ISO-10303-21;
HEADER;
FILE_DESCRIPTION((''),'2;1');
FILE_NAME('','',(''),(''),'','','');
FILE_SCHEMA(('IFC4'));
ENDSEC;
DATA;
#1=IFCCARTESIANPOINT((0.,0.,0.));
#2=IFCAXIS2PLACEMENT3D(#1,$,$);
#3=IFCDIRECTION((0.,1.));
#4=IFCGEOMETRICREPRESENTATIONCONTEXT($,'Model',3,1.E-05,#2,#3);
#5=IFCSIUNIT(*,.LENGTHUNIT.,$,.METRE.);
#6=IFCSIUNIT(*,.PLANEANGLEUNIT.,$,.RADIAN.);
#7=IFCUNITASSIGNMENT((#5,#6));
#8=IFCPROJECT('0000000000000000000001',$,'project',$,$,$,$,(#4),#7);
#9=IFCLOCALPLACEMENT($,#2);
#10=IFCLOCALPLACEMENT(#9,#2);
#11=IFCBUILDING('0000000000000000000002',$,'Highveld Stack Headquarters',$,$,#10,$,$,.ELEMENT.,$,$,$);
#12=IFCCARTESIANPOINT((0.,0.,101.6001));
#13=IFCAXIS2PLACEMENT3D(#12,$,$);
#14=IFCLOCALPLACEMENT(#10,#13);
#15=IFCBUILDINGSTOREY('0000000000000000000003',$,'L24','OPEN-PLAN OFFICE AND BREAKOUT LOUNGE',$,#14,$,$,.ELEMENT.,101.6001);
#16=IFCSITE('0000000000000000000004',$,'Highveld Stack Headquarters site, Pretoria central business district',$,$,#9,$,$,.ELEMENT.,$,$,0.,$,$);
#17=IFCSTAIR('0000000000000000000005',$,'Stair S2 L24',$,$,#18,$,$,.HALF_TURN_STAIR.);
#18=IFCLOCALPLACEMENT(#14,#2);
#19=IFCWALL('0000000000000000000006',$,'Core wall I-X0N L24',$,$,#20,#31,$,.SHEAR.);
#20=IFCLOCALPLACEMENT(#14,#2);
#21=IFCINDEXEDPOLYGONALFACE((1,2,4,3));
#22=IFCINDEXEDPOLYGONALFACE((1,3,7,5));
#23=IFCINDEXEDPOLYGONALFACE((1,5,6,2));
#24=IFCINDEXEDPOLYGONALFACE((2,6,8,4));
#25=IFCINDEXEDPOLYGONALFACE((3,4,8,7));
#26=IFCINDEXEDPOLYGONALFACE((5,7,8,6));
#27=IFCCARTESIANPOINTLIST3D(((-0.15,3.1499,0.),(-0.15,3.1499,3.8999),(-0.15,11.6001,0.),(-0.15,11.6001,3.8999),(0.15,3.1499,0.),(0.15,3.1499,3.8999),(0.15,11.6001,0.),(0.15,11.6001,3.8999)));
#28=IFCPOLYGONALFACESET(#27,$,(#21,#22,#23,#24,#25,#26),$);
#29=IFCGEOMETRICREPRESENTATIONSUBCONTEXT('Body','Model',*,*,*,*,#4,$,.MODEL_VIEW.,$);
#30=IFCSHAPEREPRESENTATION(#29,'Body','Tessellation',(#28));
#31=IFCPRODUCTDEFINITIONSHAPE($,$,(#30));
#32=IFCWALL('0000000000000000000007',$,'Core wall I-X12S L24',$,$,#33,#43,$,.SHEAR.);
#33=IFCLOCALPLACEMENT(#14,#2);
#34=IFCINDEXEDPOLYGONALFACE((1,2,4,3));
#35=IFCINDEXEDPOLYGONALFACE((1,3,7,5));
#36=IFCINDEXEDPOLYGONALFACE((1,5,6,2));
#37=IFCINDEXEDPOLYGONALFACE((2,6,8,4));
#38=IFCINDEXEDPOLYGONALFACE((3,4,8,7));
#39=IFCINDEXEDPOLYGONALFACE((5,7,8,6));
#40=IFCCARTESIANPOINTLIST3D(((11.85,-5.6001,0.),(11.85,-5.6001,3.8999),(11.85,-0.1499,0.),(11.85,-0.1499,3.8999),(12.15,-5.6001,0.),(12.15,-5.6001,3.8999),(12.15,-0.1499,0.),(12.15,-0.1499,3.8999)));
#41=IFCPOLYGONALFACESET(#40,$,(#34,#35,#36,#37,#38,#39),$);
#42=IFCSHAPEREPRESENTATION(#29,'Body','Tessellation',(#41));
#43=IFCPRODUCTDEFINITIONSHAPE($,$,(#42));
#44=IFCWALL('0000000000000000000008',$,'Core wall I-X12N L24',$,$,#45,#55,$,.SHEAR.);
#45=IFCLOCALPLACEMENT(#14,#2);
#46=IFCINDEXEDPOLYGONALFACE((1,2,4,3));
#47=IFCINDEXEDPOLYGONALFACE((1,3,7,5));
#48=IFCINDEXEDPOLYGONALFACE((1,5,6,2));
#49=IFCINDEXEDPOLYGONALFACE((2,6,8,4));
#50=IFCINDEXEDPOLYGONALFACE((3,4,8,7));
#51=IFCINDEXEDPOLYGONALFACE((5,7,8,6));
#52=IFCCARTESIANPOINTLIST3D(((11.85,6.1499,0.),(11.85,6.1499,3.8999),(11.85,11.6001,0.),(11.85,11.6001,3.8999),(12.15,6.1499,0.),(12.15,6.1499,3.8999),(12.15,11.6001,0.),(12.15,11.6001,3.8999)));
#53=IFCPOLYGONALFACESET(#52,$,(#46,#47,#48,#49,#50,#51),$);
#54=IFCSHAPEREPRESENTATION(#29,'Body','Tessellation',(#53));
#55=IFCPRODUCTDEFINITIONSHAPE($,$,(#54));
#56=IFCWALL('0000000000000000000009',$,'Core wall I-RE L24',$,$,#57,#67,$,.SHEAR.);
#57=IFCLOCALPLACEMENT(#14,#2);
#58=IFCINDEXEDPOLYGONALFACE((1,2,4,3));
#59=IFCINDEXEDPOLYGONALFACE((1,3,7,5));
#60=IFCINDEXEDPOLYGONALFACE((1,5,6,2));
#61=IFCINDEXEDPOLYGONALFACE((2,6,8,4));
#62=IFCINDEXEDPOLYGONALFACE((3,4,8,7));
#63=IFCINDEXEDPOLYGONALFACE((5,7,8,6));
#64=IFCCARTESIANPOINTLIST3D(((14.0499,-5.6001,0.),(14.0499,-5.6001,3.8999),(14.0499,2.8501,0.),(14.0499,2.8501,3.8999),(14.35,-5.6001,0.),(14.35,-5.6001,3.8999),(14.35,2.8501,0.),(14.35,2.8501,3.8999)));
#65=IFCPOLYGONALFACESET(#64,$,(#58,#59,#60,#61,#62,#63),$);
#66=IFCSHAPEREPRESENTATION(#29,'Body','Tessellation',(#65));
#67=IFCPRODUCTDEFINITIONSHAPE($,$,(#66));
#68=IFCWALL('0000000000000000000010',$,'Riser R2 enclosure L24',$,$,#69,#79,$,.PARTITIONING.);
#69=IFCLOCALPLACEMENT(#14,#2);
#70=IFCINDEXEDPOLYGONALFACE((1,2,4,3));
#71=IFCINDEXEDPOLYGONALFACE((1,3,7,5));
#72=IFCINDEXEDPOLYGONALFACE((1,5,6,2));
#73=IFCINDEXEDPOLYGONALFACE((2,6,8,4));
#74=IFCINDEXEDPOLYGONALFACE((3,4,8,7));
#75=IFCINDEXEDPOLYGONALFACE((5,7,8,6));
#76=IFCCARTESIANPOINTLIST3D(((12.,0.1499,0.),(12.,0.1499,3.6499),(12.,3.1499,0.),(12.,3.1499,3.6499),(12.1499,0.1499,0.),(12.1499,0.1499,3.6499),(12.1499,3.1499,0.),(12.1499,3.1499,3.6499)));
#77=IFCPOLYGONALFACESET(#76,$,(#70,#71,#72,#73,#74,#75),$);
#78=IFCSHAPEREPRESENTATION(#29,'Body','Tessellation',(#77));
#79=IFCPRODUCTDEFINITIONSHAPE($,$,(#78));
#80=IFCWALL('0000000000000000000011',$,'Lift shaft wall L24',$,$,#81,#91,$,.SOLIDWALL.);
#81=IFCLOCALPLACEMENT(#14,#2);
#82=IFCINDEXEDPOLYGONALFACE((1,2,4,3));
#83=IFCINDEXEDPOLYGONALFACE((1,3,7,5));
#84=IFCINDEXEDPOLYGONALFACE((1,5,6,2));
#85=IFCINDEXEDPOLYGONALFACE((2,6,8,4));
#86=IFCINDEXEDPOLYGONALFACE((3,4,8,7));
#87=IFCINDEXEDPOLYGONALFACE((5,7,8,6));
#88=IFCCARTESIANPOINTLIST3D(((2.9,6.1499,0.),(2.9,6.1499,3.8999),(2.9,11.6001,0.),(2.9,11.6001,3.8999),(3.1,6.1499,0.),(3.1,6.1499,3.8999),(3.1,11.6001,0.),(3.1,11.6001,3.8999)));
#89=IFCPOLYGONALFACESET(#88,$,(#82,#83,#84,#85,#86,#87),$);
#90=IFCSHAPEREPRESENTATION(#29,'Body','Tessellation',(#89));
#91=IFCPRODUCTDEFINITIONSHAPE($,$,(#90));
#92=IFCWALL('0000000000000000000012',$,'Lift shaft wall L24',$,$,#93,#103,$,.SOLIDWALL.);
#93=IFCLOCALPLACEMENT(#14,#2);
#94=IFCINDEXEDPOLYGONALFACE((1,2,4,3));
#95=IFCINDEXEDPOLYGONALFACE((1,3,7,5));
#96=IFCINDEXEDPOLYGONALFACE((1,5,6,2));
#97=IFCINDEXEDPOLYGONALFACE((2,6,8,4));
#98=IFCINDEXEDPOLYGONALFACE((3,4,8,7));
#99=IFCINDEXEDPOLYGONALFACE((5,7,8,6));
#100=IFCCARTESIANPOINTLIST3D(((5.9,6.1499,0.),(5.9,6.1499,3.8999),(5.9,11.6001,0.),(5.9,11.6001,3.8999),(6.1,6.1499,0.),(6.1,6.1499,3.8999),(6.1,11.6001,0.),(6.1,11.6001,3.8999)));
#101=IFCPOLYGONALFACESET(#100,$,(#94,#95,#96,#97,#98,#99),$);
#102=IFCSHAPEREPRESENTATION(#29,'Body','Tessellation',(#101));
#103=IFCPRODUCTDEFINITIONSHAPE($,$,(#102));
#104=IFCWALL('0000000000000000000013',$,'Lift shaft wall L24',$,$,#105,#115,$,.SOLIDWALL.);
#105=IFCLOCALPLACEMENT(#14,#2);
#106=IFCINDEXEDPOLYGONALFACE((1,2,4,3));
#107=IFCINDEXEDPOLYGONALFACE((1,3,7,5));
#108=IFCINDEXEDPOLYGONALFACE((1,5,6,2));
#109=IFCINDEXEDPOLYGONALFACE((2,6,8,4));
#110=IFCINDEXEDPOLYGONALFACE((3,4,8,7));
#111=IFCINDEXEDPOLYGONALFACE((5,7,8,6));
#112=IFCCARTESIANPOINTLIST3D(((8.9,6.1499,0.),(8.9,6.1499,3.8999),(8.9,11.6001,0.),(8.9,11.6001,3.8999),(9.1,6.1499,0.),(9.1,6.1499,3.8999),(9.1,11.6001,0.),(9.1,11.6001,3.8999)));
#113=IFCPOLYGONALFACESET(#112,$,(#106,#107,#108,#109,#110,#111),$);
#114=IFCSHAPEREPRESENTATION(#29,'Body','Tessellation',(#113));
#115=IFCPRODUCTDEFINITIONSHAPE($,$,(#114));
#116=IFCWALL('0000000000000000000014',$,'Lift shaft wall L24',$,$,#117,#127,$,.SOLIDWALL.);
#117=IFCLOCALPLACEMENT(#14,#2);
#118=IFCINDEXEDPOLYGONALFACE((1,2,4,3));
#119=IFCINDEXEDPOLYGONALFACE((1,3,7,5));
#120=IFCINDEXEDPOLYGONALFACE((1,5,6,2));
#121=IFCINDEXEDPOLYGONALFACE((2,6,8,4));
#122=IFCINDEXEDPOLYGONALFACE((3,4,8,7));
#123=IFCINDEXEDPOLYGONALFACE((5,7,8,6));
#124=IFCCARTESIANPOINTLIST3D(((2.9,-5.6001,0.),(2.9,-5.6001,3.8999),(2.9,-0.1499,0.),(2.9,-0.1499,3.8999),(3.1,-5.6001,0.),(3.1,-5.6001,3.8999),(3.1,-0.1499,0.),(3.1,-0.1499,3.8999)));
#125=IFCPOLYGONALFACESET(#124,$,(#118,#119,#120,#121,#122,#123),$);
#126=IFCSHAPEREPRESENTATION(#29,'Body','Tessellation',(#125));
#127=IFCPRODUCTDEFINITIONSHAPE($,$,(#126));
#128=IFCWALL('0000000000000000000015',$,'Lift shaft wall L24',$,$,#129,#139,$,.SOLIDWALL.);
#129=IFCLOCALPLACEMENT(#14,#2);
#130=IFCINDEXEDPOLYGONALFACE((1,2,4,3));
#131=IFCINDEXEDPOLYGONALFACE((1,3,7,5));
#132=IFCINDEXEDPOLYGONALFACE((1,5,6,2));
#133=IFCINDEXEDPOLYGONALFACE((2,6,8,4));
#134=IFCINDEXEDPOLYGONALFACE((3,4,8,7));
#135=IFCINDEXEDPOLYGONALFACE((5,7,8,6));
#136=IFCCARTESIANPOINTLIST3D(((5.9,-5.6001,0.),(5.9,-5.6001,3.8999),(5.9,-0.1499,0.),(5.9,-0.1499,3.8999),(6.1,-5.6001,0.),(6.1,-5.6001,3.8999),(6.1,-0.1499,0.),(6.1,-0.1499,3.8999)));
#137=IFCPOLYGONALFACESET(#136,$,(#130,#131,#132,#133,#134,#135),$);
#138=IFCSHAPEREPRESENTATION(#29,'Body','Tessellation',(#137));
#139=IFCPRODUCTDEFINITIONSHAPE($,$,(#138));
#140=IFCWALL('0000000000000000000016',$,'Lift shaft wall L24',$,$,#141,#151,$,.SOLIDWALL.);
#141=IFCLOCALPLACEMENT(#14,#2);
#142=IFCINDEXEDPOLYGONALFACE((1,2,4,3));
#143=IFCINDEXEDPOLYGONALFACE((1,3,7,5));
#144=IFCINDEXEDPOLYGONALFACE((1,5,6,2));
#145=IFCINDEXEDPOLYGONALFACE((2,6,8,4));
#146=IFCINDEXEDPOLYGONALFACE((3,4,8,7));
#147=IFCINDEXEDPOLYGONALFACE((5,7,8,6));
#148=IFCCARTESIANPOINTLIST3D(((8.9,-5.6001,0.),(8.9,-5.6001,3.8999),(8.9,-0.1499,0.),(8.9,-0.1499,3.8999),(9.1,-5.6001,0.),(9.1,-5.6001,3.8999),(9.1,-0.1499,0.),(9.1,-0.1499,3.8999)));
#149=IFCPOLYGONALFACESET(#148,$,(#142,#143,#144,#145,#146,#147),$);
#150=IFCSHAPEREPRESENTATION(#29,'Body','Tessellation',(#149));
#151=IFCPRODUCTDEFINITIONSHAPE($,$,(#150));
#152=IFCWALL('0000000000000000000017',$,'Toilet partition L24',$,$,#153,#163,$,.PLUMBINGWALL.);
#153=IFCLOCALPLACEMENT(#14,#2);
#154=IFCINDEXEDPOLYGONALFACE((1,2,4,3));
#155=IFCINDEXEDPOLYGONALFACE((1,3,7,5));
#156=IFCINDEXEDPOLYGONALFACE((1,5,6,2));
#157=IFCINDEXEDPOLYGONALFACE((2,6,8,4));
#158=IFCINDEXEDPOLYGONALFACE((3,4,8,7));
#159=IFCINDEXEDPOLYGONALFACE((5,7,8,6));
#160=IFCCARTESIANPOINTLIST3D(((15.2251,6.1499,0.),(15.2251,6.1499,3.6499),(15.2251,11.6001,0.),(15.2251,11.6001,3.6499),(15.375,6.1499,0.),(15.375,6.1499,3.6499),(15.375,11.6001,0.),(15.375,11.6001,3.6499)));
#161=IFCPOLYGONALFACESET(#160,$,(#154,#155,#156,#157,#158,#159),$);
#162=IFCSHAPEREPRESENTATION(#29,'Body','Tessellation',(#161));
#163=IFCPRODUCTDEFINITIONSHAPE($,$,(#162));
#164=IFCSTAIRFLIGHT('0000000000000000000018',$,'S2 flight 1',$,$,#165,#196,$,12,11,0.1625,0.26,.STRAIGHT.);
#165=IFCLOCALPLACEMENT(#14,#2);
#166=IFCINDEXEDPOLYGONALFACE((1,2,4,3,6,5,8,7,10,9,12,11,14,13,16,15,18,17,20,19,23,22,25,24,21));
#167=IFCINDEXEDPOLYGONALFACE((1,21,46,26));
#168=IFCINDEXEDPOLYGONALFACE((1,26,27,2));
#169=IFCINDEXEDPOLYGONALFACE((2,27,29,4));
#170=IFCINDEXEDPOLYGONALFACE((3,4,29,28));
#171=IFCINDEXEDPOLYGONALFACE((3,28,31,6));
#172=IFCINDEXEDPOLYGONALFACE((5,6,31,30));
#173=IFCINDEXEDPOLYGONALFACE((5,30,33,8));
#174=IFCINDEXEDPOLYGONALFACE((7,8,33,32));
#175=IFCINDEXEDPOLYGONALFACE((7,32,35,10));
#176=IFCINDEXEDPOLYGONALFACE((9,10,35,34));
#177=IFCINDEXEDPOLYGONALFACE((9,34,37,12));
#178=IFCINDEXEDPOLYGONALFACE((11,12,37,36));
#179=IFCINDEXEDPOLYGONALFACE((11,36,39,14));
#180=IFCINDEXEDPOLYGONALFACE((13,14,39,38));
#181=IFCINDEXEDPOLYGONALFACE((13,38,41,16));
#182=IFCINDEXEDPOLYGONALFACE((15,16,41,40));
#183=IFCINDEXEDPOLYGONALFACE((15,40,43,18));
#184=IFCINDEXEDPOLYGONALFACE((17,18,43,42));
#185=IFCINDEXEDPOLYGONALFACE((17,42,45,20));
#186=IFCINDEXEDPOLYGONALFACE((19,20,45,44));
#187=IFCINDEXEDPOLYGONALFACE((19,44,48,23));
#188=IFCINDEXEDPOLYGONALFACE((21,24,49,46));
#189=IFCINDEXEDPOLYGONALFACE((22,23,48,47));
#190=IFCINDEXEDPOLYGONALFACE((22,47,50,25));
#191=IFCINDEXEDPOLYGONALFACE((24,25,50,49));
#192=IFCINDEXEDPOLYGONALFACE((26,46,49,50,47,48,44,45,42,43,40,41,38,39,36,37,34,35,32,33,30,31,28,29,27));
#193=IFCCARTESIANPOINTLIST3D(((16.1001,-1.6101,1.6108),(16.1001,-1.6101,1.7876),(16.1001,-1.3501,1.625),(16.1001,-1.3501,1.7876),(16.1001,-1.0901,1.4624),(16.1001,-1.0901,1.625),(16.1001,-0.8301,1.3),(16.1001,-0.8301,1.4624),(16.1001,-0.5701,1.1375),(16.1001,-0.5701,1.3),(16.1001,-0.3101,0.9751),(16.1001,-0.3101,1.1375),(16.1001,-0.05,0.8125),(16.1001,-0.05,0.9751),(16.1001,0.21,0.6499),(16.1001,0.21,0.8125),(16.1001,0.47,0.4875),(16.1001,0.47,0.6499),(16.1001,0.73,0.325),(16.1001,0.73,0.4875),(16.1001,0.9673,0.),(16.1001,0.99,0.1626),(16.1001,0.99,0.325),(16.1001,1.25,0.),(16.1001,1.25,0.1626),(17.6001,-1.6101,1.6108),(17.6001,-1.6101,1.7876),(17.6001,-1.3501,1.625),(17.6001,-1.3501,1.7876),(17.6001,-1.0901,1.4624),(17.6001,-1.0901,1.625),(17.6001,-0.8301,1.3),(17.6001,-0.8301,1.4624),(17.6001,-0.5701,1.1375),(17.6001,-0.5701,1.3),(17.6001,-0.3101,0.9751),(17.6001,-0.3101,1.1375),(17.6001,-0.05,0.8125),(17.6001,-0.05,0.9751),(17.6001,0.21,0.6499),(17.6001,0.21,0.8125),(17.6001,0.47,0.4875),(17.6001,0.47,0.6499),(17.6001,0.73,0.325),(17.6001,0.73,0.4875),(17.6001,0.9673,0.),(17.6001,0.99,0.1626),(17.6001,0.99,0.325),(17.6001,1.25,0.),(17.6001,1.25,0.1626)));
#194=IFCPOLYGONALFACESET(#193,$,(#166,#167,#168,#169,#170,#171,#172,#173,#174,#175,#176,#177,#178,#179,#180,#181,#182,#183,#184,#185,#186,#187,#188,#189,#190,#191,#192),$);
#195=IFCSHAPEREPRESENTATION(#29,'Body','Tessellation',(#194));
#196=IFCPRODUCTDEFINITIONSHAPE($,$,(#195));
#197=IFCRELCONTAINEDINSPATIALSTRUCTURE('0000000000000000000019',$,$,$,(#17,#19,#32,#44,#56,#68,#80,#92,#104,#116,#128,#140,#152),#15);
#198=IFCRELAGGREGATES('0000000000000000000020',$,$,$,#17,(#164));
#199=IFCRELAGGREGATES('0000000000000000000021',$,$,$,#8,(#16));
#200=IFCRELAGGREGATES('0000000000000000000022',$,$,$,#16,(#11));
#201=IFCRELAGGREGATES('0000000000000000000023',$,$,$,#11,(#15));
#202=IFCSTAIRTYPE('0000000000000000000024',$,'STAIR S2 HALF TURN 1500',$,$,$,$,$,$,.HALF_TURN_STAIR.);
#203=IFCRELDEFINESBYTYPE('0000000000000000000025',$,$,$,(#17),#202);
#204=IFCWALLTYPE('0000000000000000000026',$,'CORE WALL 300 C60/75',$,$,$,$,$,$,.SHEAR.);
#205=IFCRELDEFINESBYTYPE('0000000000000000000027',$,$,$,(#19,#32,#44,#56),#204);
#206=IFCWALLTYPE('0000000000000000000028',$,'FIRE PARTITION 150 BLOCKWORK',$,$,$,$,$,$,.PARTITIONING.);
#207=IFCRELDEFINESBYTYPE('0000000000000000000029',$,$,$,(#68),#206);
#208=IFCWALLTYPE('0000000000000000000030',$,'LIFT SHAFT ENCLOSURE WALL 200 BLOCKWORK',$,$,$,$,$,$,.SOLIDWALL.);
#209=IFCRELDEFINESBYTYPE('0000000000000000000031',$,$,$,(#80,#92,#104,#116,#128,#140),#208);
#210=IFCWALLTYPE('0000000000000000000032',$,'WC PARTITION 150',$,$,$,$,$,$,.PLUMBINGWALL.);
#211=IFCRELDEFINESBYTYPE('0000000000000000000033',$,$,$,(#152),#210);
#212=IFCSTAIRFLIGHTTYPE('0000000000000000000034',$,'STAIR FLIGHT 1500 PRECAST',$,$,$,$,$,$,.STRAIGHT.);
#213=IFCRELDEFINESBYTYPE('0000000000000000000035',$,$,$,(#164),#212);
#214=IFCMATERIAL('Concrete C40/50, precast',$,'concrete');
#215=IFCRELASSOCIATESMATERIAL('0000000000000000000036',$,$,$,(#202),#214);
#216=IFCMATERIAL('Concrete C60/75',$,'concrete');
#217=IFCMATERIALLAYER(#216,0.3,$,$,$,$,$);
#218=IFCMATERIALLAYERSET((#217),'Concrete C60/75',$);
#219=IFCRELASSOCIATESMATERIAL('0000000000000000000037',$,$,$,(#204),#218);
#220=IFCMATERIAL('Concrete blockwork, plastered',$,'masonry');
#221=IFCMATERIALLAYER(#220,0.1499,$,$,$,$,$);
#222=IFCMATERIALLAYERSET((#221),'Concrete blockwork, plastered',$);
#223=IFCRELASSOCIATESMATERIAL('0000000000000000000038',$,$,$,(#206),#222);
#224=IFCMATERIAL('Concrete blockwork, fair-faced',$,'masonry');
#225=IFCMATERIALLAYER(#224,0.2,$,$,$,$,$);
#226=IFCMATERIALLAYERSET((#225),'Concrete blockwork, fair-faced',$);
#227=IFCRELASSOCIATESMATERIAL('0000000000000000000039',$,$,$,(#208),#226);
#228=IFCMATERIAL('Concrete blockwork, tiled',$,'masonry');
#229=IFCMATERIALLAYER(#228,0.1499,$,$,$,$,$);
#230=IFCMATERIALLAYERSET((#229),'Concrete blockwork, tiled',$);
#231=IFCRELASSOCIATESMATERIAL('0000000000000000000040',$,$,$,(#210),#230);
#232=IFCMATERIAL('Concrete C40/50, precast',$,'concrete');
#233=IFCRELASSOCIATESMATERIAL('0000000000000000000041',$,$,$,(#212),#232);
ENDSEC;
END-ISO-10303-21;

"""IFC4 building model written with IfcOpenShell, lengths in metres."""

from ifc_helpers import new_model, si_unit, direction, frame, frame_2d, origin, place, context, subcontext, project, spatial, polyline, rectangle, outline, extrude, material, layer, layer_set, type_object, element, aggregate, save


model = new_model("IFC4")

# Units and contexts
model_context = context("Model", 3, precision=1e-05, world=origin(), true_north=direction((0.0, 1.0)))
body_context = subcontext(model_context, "Body", "Model", "MODEL_VIEW")
ifc_project = project(units=[si_unit("LENGTHUNIT", "METRE"), si_unit("PLANEANGLEUNIT", "RADIAN")], contexts=[model_context])

# Site, building, storey
site_placement = place(None, origin())
site = spatial("IfcSite", under=ifc_project, at=site_placement, Name="Highveld Stack Headquarters site, Pretoria central business district", CompositionType="ELEMENT", RefElevation=0.0)
building_placement = place(site_placement, origin())
building = spatial("IfcBuilding", under=site, at=building_placement, Name="Highveld Stack Headquarters", CompositionType="ELEMENT")
storey_placement = place(building_placement, frame((0.0, 0.0, 101.6001)))
storey = spatial("IfcBuildingStorey", under=building, at=storey_placement, Name="L24", Description="OPEN-PLAN OFFICE AND BREAKOUT LOUNGE", CompositionType="ELEMENT", Elevation=101.6001)

# Stair
ifc_material_1 = material(Name="Concrete C40/50, precast", Category="concrete")
stair_type_1 = type_object("IfcStairType", Name="STAIR S2 HALF TURN 1500", PredefinedType="HALF_TURN_STAIR", material=ifc_material_1)
stair_1_placement = place(storey_placement, origin())
stair_1 = element("IfcStair", 1, at=stair_1_placement, inside=storey, type_object=stair_type_1, Name="Stair S2 L24", PredefinedType="HALF_TURN_STAIR")

# Shared definitions
ifc_material_2 = material(Name="Concrete C60/75", Category="concrete")
ifc_layer_1 = layer(ifc_material_2, 0.3)
ifc_layer_set_1 = layer_set([ifc_layer_1], Name="Concrete C60/75")
wall_type_1 = type_object("IfcWallType", Name="CORE WALL 300 C60/75", PredefinedType="SHEAR", material=ifc_layer_set_1)

# Walls
wall_1_placement = place(storey_placement, frame((0.0, 3.1499, 0.0), z_axis=(0.0, 0.0, 1.0), x_axis=(0.0, 1.0, 0.0)))
element("IfcWall", 2, at=wall_1_placement, inside=storey, type_object=wall_type_1, Name="Core wall I-X0N L24", PredefinedType="SHEAR", context=body_context, shape_type="SweptSolid", body=[
    extrude(rectangle(XDim=8.4502, YDim=0.3, at=frame_2d((4.2251, 0.0))), origin(), (0.0, 0.0, 1.0), 3.8999),
])
for number, where, z_axis, x_axis, name in (
    (3, (12.0, -5.6001, 0.0), (0.0, 0.0, 1.0), (0.0, 1.0, 0.0), "Core wall I-X12S L24"),
    (4, (12.0, 6.1499, 0.0), (0.0, 0.0, 1.0), (0.0, 1.0, 0.0), "Core wall I-X12N L24"),
):
    element("IfcWall", number, at=place(storey_placement, frame(where, z_axis=z_axis, x_axis=x_axis)), inside=storey, type_object=wall_type_1, Name=name, PredefinedType="SHEAR", context=body_context, shape_type="SweptSolid", body=[
        extrude(rectangle(XDim=5.4502, YDim=0.3, at=frame_2d((2.7251, 0.0))), origin(), (0.0, 0.0, 1.0), 3.8999),
    ])
wall_2_placement = place(storey_placement, frame((14.2, -5.6001, 0.0), z_axis=(0.0, 0.0, 1.0), x_axis=(0.0, 1.0, 0.0)))
element("IfcWall", 5, at=wall_2_placement, inside=storey, type_object=wall_type_1, Name="Core wall I-RE L24", PredefinedType="SHEAR", context=body_context, shape_type="SweptSolid", body=[
    extrude(rectangle(XDim=8.4502, YDim=0.3, at=frame_2d((4.2251, 0.0))), origin(), (0.0, 0.0, 1.0), 3.8999),
])
ifc_material_3 = material(Name="Concrete blockwork, plastered", Category="masonry")
ifc_layer_2 = layer(ifc_material_3, 0.1499)
ifc_layer_set_2 = layer_set([ifc_layer_2], Name="Concrete blockwork, plastered")
wall_type_2 = type_object("IfcWallType", Name="FIRE PARTITION 150 BLOCKWORK", PredefinedType="PARTITIONING", material=ifc_layer_set_2)
wall_3_placement = place(storey_placement, frame((12.075, 0.1499, 0.0), z_axis=(0.0, 0.0, 1.0), x_axis=(0.0, 1.0, 0.0)))
element("IfcWall", 6, at=wall_3_placement, inside=storey, type_object=wall_type_2, Name="Riser R2 enclosure L24", PredefinedType="PARTITIONING", context=body_context, shape_type="SweptSolid", body=[
    extrude(rectangle(XDim=3.0, YDim=0.1499, at=frame_2d((1.5, 0.0))), origin(), (0.0, 0.0, 1.0), 3.6499),
])
ifc_material_4 = material(Name="Concrete blockwork, fair-faced", Category="masonry")
ifc_layer_3 = layer(ifc_material_4, 0.2)
ifc_layer_set_3 = layer_set([ifc_layer_3], Name="Concrete blockwork, fair-faced")
wall_type_3 = type_object("IfcWallType", Name="LIFT SHAFT ENCLOSURE WALL 200 BLOCKWORK", PredefinedType="SOLIDWALL", material=ifc_layer_set_3)
for number, where, z_axis, x_axis, name in (
    (7, (3.0, 6.1499, 0.0), (0.0, 0.0, 1.0), (0.0, 1.0, 0.0), "Lift shaft wall L24"),
    (8, (6.0, 6.1499, 0.0), (0.0, 0.0, 1.0), (0.0, 1.0, 0.0), "Lift shaft wall L24"),
    (9, (9.0, 6.1499, 0.0), (0.0, 0.0, 1.0), (0.0, 1.0, 0.0), "Lift shaft wall L24"),
    (10, (3.0, -5.6001, 0.0), (0.0, 0.0, 1.0), (0.0, 1.0, 0.0), "Lift shaft wall L24"),
    (11, (6.0, -5.6001, 0.0), (0.0, 0.0, 1.0), (0.0, 1.0, 0.0), "Lift shaft wall L24"),
    (12, (9.0, -5.6001, 0.0), (0.0, 0.0, 1.0), (0.0, 1.0, 0.0), "Lift shaft wall L24"),
):
    element("IfcWall", number, at=place(storey_placement, frame(where, z_axis=z_axis, x_axis=x_axis)), inside=storey, type_object=wall_type_3, Name=name, PredefinedType="SOLIDWALL", context=body_context, shape_type="SweptSolid", body=[
        extrude(rectangle(XDim=5.4502, YDim=0.2, at=frame_2d((2.7251, 0.0))), origin(), (0.0, 0.0, 1.0), 3.8999),
    ])
ifc_material_5 = material(Name="Concrete blockwork, tiled", Category="masonry")
ifc_layer_4 = layer(ifc_material_5, 0.1499)
ifc_layer_set_4 = layer_set([ifc_layer_4], Name="Concrete blockwork, tiled")
wall_type_4 = type_object("IfcWallType", Name="WC PARTITION 150", PredefinedType="PLUMBINGWALL", material=ifc_layer_set_4)
wall_4_placement = place(storey_placement, frame((15.3, 6.1499, 0.0), z_axis=(0.0, 0.0, 1.0), x_axis=(0.0, 1.0, 0.0)))
element("IfcWall", 13, at=wall_4_placement, inside=storey, type_object=wall_type_4, Name="Toilet partition L24", PredefinedType="PLUMBINGWALL", context=body_context, shape_type="SweptSolid", body=[
    extrude(rectangle(XDim=5.4502, YDim=0.1499, at=frame_2d((2.7251, 0.0))), origin(), (0.0, 0.0, 1.0), 3.6499),
])

# Stair flight
ifc_material_6 = material(Name="Concrete C40/50, precast", Category="concrete")
stair_flight_type = type_object("IfcStairFlightType", Name="STAIR FLIGHT 1500 PRECAST", PredefinedType="STRAIGHT", material=ifc_material_6)
stair_flight_1_placement = place(storey_placement, frame((16.8501, 1.25, 0.0), z_axis=(0.0, 0.0, 1.0), x_axis=(0.0, -1.0, 0.0)))
stair_flight_1 = element("IfcStairFlight", 14, at=stair_flight_1_placement, type_object=stair_flight_type, Name="S2 flight 1", NumberOfRisers=12, NumberOfTreads=11, PredefinedType="STRAIGHT", RiserHeight=0.1625, TreadLength=0.26, context=body_context, shape_type="SweptSolid", body=[
    extrude(outline(polyline([(0.0, 0.0), (0.0, 0.1626), (0.26, 0.1626), (0.26, 0.325), (0.52, 0.325), (0.52, 0.4875), (0.78, 0.4875), (0.78, 0.6499), (1.04, 0.6499), (1.04, 0.8125), (1.3, 0.8125), (1.3, 0.9751), (1.5601, 0.9751), (1.5601, 1.1375), (1.8201, 1.1375), (1.8201, 1.3), (2.0801, 1.3), (2.0801, 1.4624), (2.3401, 1.4624), (2.3401, 1.625), (2.6001, 1.625), (2.6001, 1.7876), (2.8601, 1.7876), (2.8601, 1.95), (2.8601, 1.6108), (0.2827, 0.0), (0.0, 0.0)])), frame((0.0, 0.75, 0.0), z_axis=(0.0, -1.0, 0.0), x_axis=(1.0, 0.0, 0.0)), (0.0, 0.0, 1.0), 1.5),
])
aggregate(stair_1, [stair_flight_1])

save(model, "model.ifc")
